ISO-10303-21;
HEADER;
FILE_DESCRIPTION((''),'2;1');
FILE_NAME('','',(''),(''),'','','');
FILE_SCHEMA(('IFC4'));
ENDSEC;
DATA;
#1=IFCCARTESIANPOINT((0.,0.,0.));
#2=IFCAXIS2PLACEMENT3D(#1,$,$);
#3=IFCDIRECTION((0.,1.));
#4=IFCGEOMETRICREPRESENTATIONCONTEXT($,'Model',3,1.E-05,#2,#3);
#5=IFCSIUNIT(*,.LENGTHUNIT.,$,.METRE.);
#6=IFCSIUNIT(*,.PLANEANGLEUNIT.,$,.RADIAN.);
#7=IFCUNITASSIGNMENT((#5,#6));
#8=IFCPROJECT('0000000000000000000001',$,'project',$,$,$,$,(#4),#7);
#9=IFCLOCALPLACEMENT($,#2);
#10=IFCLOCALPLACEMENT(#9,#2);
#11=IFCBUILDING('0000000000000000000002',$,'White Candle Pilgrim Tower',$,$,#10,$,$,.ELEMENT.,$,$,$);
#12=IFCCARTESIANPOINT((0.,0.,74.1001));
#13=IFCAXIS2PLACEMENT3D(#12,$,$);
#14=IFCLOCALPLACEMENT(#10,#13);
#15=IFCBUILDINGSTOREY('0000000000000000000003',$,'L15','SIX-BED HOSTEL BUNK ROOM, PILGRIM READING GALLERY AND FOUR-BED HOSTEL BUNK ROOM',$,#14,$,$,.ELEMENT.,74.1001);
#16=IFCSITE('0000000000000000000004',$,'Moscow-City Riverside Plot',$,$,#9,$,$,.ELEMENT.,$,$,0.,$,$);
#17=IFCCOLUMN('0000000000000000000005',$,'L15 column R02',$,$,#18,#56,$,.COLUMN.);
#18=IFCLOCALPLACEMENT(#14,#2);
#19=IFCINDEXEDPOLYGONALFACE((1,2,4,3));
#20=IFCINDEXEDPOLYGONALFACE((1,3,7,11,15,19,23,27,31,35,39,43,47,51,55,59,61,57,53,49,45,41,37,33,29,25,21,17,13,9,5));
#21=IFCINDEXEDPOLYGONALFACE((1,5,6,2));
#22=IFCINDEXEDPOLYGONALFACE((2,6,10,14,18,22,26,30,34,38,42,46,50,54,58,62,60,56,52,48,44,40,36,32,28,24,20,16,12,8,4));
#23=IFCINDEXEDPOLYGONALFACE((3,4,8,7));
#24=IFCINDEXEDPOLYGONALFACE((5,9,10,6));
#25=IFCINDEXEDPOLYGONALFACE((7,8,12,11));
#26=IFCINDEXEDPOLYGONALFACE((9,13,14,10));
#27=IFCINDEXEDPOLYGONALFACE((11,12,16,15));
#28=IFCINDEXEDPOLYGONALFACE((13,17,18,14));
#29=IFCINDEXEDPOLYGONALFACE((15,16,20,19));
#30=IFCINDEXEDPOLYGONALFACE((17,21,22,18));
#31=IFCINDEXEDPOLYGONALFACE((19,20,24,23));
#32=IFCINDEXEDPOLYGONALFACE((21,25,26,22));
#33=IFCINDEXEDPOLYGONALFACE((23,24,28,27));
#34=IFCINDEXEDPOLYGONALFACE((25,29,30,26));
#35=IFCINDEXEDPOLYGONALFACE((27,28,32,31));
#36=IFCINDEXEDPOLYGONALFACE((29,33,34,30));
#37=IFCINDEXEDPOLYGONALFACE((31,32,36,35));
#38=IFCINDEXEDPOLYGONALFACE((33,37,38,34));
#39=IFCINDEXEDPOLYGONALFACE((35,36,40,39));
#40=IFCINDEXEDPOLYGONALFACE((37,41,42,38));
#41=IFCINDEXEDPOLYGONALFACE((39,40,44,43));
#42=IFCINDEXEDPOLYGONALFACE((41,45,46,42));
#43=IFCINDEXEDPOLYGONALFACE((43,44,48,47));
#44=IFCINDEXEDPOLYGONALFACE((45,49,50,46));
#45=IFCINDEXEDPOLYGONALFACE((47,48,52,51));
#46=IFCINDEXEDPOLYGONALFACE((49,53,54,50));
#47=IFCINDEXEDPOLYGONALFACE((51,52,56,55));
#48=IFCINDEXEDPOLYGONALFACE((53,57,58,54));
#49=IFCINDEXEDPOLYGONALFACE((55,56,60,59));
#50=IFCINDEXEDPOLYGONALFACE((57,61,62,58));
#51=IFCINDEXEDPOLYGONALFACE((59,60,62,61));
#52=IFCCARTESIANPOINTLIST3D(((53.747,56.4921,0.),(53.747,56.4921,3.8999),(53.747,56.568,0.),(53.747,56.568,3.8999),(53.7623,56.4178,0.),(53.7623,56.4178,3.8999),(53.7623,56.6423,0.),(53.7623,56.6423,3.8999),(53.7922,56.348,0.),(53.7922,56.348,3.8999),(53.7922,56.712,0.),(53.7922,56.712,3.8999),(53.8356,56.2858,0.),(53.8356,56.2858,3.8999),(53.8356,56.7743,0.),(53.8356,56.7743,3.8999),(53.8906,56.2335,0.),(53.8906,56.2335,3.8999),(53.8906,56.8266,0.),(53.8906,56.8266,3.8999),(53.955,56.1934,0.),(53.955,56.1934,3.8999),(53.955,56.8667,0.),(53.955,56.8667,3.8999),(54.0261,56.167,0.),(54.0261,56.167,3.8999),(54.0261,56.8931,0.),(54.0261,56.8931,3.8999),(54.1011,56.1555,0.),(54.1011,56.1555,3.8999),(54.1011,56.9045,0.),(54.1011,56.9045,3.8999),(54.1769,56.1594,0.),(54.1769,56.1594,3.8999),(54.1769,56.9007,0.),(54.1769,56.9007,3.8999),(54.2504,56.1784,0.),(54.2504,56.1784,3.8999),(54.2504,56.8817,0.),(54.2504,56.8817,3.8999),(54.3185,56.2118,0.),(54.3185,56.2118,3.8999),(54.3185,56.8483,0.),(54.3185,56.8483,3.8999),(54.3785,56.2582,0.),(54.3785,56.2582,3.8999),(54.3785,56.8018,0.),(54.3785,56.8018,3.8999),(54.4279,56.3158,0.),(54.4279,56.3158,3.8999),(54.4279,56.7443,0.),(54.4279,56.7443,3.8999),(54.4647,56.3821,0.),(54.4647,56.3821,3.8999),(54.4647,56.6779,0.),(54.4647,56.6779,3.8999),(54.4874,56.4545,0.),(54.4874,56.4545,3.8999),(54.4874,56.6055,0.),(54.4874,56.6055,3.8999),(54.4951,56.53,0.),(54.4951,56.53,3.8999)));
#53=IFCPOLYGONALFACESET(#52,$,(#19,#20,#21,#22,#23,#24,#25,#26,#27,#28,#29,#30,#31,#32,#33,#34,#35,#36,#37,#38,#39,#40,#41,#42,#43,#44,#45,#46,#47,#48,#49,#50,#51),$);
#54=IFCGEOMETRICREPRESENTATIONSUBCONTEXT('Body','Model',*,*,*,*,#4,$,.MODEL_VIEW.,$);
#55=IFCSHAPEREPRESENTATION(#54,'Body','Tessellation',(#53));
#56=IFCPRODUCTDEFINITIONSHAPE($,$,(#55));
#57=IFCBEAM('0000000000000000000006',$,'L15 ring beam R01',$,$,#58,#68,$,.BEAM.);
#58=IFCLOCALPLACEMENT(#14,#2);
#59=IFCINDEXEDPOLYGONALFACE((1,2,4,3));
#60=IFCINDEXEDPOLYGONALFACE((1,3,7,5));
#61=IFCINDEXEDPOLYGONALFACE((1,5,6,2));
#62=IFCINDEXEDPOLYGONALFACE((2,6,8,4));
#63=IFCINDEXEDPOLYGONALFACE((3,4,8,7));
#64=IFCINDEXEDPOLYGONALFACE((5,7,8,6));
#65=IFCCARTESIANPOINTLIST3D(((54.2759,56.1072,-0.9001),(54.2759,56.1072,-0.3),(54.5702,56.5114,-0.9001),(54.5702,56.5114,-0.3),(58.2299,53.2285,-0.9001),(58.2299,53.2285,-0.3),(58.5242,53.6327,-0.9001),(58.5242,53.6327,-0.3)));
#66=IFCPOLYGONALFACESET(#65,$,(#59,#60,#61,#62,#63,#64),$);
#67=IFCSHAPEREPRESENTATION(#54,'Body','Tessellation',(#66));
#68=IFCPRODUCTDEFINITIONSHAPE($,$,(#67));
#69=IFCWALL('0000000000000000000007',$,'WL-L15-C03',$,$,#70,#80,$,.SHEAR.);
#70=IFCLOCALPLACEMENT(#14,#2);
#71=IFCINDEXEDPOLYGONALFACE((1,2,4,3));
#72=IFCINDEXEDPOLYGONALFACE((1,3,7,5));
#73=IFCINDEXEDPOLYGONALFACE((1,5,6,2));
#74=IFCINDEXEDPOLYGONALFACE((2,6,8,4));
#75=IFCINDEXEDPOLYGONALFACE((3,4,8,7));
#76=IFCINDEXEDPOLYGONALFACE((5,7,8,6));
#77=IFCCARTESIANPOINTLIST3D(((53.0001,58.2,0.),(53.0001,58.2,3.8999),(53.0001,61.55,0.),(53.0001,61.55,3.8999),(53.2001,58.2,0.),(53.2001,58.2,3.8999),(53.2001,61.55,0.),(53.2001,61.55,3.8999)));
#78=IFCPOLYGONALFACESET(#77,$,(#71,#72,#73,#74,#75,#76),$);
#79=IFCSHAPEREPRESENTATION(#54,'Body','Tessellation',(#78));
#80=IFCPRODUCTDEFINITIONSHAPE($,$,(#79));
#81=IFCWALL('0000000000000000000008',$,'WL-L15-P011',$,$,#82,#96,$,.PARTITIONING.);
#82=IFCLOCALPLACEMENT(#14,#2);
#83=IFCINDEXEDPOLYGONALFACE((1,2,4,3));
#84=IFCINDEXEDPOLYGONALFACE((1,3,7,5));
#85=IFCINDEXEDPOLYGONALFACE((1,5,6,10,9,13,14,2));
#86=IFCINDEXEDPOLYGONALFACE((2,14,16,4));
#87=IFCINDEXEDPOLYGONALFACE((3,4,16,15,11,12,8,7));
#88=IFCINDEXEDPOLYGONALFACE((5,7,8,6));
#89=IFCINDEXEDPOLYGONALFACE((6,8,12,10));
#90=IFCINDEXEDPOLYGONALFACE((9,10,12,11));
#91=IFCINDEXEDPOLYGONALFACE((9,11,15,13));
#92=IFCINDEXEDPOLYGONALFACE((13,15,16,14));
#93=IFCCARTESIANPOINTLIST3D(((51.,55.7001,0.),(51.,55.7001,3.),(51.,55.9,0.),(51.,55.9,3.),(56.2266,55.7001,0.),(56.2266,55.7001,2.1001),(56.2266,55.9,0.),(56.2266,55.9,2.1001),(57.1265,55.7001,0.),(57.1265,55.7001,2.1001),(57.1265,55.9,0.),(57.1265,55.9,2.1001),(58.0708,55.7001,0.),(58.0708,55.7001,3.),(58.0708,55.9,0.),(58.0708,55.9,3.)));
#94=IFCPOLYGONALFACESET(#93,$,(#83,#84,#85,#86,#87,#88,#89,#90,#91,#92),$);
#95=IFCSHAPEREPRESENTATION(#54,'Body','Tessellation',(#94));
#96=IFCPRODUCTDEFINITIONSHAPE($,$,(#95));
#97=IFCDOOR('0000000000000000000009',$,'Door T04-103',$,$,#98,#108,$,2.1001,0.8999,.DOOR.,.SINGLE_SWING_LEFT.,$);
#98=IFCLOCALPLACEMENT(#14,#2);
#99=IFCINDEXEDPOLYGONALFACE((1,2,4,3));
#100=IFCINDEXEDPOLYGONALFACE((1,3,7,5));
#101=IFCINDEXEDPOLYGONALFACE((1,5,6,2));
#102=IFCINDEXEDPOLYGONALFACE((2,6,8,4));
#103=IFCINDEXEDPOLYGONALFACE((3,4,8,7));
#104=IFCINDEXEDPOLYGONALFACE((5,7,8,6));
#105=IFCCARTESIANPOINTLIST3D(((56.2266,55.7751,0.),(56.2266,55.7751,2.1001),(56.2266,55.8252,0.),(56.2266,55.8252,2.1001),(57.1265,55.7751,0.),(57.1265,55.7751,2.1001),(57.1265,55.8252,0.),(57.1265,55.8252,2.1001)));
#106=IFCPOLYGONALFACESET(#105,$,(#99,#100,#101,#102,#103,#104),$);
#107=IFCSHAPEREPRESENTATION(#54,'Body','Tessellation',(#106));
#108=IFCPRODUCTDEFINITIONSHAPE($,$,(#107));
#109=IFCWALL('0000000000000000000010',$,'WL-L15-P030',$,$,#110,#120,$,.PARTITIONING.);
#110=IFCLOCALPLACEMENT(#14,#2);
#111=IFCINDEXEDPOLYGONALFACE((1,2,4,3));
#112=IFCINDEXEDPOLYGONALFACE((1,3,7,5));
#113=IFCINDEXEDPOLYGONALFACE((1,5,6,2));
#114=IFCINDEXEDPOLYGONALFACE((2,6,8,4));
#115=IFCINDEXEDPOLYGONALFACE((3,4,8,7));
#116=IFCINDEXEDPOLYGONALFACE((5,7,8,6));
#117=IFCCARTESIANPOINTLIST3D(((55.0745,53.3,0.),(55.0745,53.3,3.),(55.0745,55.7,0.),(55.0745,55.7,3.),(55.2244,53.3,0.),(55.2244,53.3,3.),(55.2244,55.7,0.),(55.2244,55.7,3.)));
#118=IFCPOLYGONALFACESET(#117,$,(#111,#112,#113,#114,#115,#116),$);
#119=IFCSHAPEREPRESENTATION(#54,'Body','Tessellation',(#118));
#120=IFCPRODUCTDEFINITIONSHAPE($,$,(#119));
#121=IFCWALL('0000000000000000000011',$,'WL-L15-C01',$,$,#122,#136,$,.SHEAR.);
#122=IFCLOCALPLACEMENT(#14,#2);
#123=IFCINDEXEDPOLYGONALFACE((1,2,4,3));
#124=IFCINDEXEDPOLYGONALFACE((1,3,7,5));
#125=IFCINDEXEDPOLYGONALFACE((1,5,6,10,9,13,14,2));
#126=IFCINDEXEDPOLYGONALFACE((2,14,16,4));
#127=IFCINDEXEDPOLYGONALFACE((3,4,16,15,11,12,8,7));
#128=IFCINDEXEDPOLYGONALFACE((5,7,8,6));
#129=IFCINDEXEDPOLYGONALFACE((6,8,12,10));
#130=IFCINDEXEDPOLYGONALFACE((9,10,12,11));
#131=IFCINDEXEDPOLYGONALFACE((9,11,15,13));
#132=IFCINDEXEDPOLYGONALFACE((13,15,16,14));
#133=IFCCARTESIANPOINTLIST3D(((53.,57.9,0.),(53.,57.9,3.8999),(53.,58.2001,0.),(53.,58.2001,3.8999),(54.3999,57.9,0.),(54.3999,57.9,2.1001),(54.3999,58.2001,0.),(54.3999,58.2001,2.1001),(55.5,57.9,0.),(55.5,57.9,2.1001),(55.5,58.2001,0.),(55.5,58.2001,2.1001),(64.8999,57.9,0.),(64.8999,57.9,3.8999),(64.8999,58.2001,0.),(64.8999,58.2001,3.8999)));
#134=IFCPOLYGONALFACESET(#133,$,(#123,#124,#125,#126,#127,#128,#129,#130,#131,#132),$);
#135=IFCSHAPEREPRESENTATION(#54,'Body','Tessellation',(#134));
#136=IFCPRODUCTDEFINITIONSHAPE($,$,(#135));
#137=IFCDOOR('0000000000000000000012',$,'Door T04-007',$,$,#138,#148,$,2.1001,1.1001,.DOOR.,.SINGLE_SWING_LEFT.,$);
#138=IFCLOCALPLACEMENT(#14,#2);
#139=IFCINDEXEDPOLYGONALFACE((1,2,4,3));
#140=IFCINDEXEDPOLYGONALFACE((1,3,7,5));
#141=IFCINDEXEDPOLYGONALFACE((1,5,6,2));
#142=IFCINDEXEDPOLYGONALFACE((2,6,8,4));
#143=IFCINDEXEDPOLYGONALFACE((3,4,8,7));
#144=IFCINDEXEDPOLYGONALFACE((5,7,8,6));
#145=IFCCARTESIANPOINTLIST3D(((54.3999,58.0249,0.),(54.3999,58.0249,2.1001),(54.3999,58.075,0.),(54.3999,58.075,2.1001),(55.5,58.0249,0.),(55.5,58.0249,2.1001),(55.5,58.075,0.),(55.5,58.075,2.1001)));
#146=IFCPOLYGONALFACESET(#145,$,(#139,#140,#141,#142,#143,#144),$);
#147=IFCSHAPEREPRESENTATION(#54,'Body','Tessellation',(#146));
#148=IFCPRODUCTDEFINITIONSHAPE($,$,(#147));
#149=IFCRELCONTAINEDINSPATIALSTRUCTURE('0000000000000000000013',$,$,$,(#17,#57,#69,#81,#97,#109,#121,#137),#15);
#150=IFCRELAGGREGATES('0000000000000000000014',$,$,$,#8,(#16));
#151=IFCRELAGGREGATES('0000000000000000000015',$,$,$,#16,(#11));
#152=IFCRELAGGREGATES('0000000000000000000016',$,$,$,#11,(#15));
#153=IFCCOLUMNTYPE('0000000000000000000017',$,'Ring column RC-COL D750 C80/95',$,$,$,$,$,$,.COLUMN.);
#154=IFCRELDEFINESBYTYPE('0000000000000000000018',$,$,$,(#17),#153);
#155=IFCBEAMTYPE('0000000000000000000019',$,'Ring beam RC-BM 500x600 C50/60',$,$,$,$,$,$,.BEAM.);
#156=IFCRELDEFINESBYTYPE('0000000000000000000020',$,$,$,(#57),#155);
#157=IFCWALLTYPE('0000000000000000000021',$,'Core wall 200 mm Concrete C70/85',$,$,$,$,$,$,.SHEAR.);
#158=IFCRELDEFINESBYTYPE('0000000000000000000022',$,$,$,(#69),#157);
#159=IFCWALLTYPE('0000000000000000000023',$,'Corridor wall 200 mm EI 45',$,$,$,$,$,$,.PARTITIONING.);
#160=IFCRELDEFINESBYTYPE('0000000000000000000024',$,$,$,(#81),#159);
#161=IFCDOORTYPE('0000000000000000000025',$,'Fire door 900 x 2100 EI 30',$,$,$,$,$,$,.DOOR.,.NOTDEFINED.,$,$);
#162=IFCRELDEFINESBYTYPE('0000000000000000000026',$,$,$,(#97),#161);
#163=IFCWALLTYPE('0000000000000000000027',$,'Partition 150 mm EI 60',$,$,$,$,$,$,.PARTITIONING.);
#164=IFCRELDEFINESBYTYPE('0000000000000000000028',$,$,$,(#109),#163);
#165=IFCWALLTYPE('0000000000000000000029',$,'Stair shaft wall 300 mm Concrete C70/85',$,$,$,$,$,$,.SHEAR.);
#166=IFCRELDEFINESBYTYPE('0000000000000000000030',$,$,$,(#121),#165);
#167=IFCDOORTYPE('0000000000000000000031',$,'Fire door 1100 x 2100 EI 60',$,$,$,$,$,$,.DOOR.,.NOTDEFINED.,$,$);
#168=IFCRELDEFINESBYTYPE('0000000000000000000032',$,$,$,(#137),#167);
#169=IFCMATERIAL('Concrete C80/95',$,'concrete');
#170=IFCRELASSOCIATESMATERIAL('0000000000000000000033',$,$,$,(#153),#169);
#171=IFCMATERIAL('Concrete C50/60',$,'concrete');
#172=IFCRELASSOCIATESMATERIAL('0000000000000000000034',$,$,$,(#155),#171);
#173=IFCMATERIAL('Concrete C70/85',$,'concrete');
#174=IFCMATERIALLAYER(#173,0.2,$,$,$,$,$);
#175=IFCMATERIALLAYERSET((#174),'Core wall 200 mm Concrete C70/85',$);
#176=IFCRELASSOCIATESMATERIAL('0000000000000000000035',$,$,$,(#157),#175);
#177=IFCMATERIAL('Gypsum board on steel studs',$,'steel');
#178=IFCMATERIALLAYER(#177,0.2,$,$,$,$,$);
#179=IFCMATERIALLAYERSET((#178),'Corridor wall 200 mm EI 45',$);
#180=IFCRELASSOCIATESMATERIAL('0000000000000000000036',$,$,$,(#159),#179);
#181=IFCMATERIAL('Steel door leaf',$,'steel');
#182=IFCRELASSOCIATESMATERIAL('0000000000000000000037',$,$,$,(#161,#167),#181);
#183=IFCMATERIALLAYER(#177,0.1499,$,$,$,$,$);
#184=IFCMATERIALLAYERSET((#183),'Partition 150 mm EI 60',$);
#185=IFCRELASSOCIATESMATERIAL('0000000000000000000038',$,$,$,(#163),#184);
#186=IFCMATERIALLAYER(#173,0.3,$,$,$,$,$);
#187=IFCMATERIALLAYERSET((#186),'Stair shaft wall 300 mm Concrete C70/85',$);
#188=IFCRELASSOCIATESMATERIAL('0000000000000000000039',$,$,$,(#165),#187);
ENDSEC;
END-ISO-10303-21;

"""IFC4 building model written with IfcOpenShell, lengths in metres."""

from ifc_helpers import new_model, si_unit, direction, frame, frame_2d, origin, origin_2d, place, context, subcontext, project, spatial, rectangle, circle, extrude, material, layer, layer_set, material_profile, profile_set, type_object, element, fill, save


model = new_model("IFC4")

# Units and contexts
model_context = context("Model", 3, precision=1e-05, world=origin(), true_north=direction((0.0, 1.0)))
body_context = subcontext(model_context, "Body", "Model", "MODEL_VIEW")
ifc_project = project(units=[si_unit("LENGTHUNIT", "METRE"), si_unit("PLANEANGLEUNIT", "RADIAN")], contexts=[model_context])

# Site, building, storey
site_placement = place(None, origin())
site = spatial("IfcSite", under=ifc_project, at=site_placement, Name="Moscow-City Riverside Plot", CompositionType="ELEMENT", RefElevation=0.0)
building_placement = place(site_placement, origin())
building = spatial("IfcBuilding", under=site, at=building_placement, Name="White Candle Pilgrim Tower", CompositionType="ELEMENT")
storey_placement = place(building_placement, frame((0.0, 0.0, 74.1001)))
storey = spatial("IfcBuildingStorey", under=building, at=storey_placement, Name="L15", Description="SIX-BED HOSTEL BUNK ROOM, PILGRIM READING GALLERY AND FOUR-BED HOSTEL BUNK ROOM", CompositionType="ELEMENT", Elevation=74.1001)

# Column
ifc_material_1 = material(Name="Concrete C80/95", Category="concrete")
ifc_material_profile_1 = material_profile(ifc_material_1, circle(Radius=0.375, at=origin_2d()), Name="RC-COL D750")
ifc_profile_set_1 = profile_set([ifc_material_profile_1], Name="Concrete C80/95")
column_type = type_object("IfcColumnType", Name="Ring column RC-COL D750 C80/95", PredefinedType="COLUMN", material=ifc_profile_set_1)
column_placement = place(storey_placement, frame((54.1201, 56.53, 0.0), z_axis=(0.0, 0.0, 1.0), x_axis=(1.0, 0.0, 0.0)))
element("IfcColumn", 1, at=column_placement, inside=storey, type_object=column_type, Name="L15 column R02", PredefinedType="COLUMN", context=body_context, shape_type="SweptSolid", body=[
    extrude(circle(Radius=0.375, at=origin_2d()), origin(), (0.0, 0.0, 1.0), 3.8999),
])

# Beam
ifc_material_2 = material(Name="Concrete C50/60", Category="concrete")
ifc_material_profile_2 = material_profile(ifc_material_2, rectangle(XDim=0.5, YDim=0.6001, at=origin_2d()), Name="RC-BM 500x600")
ifc_profile_set_2 = profile_set([ifc_material_profile_2], Name="Concrete C50/60")
beam_type = type_object("IfcBeamType", Name="Ring beam RC-BM 500x600 C50/60", PredefinedType="BEAM", material=ifc_profile_set_2)
beam_placement = place(storey_placement, frame((54.4231, 56.3093, -0.6001), z_axis=(0.808432, -0.58859, 0.0), x_axis=(0.58859, 0.808432, 0.0)))
element("IfcBeam", 2, at=beam_placement, inside=storey, type_object=beam_type, Name="L15 ring beam R01", PredefinedType="BEAM", context=body_context, shape_type="SweptSolid", body=[
    extrude(rectangle(XDim=0.5, YDim=0.6001, at=origin_2d()), origin(), (0.0, 0.0, 1.0), 4.8909),
])

# Wall
ifc_material_3 = material(Name="Concrete C70/85", Category="concrete")
ifc_layer_1 = layer(ifc_material_3, 0.2)
ifc_layer_set_1 = layer_set([ifc_layer_1], Name="Core wall 200 mm Concrete C70/85")
wall_type_1 = type_object("IfcWallType", Name="Core wall 200 mm Concrete C70/85", PredefinedType="SHEAR", material=ifc_layer_set_1)
wall_1_placement = place(storey_placement, frame((53.1001, 58.2, 0.0), z_axis=(0.0, 0.0, 1.0), x_axis=(0.0, 1.0, 0.0)))
element("IfcWall", 3, at=wall_1_placement, inside=storey, type_object=wall_type_1, Name="WL-L15-C03", PredefinedType="SHEAR", context=body_context, shape_type="SweptSolid", body=[
    extrude(rectangle(XDim=3.3501, YDim=0.2, at=frame_2d((1.675, 0.0))), origin(), (0.0, 0.0, 1.0), 3.8999),
])

# Wall, opening, door
ifc_material_4 = material(Name="Gypsum board on steel studs", Category="steel")
ifc_layer_2 = layer(ifc_material_4, 0.2)
ifc_layer_set_2 = layer_set([ifc_layer_2], Name="Corridor wall 200 mm EI 45")
wall_type_2 = type_object("IfcWallType", Name="Corridor wall 200 mm EI 45", PredefinedType="PARTITIONING", material=ifc_layer_set_2)
wall_2_placement = place(storey_placement, frame((58.0708, 55.8, 0.0), z_axis=(0.0, 0.0, 1.0), x_axis=(-1.0, 0.0, 0.0)))
wall_2 = element("IfcWall", 4, at=wall_2_placement, inside=storey, type_object=wall_type_2, Name="WL-L15-P011", PredefinedType="PARTITIONING", context=body_context, shape_type="SweptSolid", body=[
    extrude(rectangle(XDim=7.0708, YDim=0.2, at=frame_2d((3.5354, 0.0))), origin(), (0.0, 0.0, 1.0), 3.0),
])
opening_1_placement = place(wall_2_placement, frame((0.9443, 0.0, 0.0)))
opening_1 = element("IfcOpeningElement", 5, at=opening_1_placement, cuts=wall_2, PredefinedType="OPENING", context=body_context, shape_type="SweptSolid", body=[
    extrude(rectangle(XDim=0.8999, YDim=2.1001, at=frame_2d((0.45, 1.05))), frame((0.0, 0.1099, 0.0), z_axis=(0.0, -1.0, 0.0), x_axis=(1.0, 0.0, 0.0)), (0.0, 0.0, 1.0), 0.22),
])
ifc_material_5 = material(Name="Steel door leaf", Category="steel")
door_type_1 = type_object("IfcDoorType", Name="Fire door 900 x 2100 EI 30", OperationType="NOTDEFINED", PredefinedType="DOOR", material=ifc_material_5)
door_1_placement = place(opening_1_placement, origin())
door_1 = element("IfcDoor", 6, at=door_1_placement, inside=storey, type_object=door_type_1, Name="Door T04-103", OperationType="SINGLE_SWING_LEFT", OverallHeight=2.1001, OverallWidth=0.8999, PredefinedType="DOOR", context=body_context, shape_type="SweptSolid", body=[
    extrude(rectangle(XDim=0.8999, YDim=2.1001, at=frame_2d((0.45, 1.05))), frame((0.0, 0.0249, 0.0), z_axis=(0.0, -1.0, 0.0), x_axis=(1.0, 0.0, 0.0)), (0.0, 0.0, 1.0), 0.05),
])
fill(opening_1, door_1)

# Wall
ifc_layer_3 = layer(ifc_material_4, 0.1499)
ifc_layer_set_3 = layer_set([ifc_layer_3], Name="Partition 150 mm EI 60")
wall_type_3 = type_object("IfcWallType", Name="Partition 150 mm EI 60", PredefinedType="PARTITIONING", material=ifc_layer_set_3)
wall_3_placement = place(storey_placement, frame((55.1494, 55.7, 0.0), z_axis=(0.0, 0.0, 1.0), x_axis=(0.0, -1.0, 0.0)))
element("IfcWall", 7, at=wall_3_placement, inside=storey, type_object=wall_type_3, Name="WL-L15-P030", PredefinedType="PARTITIONING", context=body_context, shape_type="SweptSolid", body=[
    extrude(rectangle(XDim=2.3999, YDim=0.1499, at=frame_2d((1.2, 0.0))), origin(), (0.0, 0.0, 1.0), 3.0),
])

# Wall, opening, door
ifc_layer_4 = layer(ifc_material_3, 0.3)
ifc_layer_set_4 = layer_set([ifc_layer_4], Name="Stair shaft wall 300 mm Concrete C70/85")
wall_type_4 = type_object("IfcWallType", Name="Stair shaft wall 300 mm Concrete C70/85", PredefinedType="SHEAR", material=ifc_layer_set_4)
wall_4_placement = place(storey_placement, frame((53.0, 58.05, 0.0), z_axis=(0.0, 0.0, 1.0), x_axis=(1.0, 0.0, 0.0)))
wall_4 = element("IfcWall", 8, at=wall_4_placement, inside=storey, type_object=wall_type_4, Name="WL-L15-C01", PredefinedType="SHEAR", context=body_context, shape_type="SweptSolid", body=[
    extrude(rectangle(XDim=11.8999, YDim=0.3, at=frame_2d((5.95, 0.0))), origin(), (0.0, 0.0, 1.0), 3.8999),
])
opening_2_placement = place(wall_4_placement, frame((1.3999, 0.0, 0.0)))
opening_2 = element("IfcOpeningElement", 9, at=opening_2_placement, cuts=wall_4, PredefinedType="OPENING", context=body_context, shape_type="SweptSolid", body=[
    extrude(rectangle(XDim=1.1001, YDim=2.1001, at=frame_2d((0.55, 1.05))), frame((0.0, 0.1599, 0.0), z_axis=(0.0, -1.0, 0.0), x_axis=(1.0, 0.0, 0.0)), (0.0, 0.0, 1.0), 0.3201),
])
door_type_2 = type_object("IfcDoorType", Name="Fire door 1100 x 2100 EI 60", OperationType="NOTDEFINED", PredefinedType="DOOR", material=ifc_material_5)
door_2_placement = place(opening_2_placement, origin())
door_2 = element("IfcDoor", 10, at=door_2_placement, inside=storey, type_object=door_type_2, Name="Door T04-007", OperationType="SINGLE_SWING_LEFT", OverallHeight=2.1001, OverallWidth=1.1001, PredefinedType="DOOR", context=body_context, shape_type="SweptSolid", body=[
    extrude(rectangle(XDim=1.1001, YDim=2.1001, at=frame_2d((0.55, 1.05))), frame((0.0, 0.0249, 0.0), z_axis=(0.0, -1.0, 0.0), x_axis=(1.0, 0.0, 0.0)), (0.0, 0.0, 1.0), 0.05),
])
fill(opening_2, door_2)

save(model, "model.ifc")
